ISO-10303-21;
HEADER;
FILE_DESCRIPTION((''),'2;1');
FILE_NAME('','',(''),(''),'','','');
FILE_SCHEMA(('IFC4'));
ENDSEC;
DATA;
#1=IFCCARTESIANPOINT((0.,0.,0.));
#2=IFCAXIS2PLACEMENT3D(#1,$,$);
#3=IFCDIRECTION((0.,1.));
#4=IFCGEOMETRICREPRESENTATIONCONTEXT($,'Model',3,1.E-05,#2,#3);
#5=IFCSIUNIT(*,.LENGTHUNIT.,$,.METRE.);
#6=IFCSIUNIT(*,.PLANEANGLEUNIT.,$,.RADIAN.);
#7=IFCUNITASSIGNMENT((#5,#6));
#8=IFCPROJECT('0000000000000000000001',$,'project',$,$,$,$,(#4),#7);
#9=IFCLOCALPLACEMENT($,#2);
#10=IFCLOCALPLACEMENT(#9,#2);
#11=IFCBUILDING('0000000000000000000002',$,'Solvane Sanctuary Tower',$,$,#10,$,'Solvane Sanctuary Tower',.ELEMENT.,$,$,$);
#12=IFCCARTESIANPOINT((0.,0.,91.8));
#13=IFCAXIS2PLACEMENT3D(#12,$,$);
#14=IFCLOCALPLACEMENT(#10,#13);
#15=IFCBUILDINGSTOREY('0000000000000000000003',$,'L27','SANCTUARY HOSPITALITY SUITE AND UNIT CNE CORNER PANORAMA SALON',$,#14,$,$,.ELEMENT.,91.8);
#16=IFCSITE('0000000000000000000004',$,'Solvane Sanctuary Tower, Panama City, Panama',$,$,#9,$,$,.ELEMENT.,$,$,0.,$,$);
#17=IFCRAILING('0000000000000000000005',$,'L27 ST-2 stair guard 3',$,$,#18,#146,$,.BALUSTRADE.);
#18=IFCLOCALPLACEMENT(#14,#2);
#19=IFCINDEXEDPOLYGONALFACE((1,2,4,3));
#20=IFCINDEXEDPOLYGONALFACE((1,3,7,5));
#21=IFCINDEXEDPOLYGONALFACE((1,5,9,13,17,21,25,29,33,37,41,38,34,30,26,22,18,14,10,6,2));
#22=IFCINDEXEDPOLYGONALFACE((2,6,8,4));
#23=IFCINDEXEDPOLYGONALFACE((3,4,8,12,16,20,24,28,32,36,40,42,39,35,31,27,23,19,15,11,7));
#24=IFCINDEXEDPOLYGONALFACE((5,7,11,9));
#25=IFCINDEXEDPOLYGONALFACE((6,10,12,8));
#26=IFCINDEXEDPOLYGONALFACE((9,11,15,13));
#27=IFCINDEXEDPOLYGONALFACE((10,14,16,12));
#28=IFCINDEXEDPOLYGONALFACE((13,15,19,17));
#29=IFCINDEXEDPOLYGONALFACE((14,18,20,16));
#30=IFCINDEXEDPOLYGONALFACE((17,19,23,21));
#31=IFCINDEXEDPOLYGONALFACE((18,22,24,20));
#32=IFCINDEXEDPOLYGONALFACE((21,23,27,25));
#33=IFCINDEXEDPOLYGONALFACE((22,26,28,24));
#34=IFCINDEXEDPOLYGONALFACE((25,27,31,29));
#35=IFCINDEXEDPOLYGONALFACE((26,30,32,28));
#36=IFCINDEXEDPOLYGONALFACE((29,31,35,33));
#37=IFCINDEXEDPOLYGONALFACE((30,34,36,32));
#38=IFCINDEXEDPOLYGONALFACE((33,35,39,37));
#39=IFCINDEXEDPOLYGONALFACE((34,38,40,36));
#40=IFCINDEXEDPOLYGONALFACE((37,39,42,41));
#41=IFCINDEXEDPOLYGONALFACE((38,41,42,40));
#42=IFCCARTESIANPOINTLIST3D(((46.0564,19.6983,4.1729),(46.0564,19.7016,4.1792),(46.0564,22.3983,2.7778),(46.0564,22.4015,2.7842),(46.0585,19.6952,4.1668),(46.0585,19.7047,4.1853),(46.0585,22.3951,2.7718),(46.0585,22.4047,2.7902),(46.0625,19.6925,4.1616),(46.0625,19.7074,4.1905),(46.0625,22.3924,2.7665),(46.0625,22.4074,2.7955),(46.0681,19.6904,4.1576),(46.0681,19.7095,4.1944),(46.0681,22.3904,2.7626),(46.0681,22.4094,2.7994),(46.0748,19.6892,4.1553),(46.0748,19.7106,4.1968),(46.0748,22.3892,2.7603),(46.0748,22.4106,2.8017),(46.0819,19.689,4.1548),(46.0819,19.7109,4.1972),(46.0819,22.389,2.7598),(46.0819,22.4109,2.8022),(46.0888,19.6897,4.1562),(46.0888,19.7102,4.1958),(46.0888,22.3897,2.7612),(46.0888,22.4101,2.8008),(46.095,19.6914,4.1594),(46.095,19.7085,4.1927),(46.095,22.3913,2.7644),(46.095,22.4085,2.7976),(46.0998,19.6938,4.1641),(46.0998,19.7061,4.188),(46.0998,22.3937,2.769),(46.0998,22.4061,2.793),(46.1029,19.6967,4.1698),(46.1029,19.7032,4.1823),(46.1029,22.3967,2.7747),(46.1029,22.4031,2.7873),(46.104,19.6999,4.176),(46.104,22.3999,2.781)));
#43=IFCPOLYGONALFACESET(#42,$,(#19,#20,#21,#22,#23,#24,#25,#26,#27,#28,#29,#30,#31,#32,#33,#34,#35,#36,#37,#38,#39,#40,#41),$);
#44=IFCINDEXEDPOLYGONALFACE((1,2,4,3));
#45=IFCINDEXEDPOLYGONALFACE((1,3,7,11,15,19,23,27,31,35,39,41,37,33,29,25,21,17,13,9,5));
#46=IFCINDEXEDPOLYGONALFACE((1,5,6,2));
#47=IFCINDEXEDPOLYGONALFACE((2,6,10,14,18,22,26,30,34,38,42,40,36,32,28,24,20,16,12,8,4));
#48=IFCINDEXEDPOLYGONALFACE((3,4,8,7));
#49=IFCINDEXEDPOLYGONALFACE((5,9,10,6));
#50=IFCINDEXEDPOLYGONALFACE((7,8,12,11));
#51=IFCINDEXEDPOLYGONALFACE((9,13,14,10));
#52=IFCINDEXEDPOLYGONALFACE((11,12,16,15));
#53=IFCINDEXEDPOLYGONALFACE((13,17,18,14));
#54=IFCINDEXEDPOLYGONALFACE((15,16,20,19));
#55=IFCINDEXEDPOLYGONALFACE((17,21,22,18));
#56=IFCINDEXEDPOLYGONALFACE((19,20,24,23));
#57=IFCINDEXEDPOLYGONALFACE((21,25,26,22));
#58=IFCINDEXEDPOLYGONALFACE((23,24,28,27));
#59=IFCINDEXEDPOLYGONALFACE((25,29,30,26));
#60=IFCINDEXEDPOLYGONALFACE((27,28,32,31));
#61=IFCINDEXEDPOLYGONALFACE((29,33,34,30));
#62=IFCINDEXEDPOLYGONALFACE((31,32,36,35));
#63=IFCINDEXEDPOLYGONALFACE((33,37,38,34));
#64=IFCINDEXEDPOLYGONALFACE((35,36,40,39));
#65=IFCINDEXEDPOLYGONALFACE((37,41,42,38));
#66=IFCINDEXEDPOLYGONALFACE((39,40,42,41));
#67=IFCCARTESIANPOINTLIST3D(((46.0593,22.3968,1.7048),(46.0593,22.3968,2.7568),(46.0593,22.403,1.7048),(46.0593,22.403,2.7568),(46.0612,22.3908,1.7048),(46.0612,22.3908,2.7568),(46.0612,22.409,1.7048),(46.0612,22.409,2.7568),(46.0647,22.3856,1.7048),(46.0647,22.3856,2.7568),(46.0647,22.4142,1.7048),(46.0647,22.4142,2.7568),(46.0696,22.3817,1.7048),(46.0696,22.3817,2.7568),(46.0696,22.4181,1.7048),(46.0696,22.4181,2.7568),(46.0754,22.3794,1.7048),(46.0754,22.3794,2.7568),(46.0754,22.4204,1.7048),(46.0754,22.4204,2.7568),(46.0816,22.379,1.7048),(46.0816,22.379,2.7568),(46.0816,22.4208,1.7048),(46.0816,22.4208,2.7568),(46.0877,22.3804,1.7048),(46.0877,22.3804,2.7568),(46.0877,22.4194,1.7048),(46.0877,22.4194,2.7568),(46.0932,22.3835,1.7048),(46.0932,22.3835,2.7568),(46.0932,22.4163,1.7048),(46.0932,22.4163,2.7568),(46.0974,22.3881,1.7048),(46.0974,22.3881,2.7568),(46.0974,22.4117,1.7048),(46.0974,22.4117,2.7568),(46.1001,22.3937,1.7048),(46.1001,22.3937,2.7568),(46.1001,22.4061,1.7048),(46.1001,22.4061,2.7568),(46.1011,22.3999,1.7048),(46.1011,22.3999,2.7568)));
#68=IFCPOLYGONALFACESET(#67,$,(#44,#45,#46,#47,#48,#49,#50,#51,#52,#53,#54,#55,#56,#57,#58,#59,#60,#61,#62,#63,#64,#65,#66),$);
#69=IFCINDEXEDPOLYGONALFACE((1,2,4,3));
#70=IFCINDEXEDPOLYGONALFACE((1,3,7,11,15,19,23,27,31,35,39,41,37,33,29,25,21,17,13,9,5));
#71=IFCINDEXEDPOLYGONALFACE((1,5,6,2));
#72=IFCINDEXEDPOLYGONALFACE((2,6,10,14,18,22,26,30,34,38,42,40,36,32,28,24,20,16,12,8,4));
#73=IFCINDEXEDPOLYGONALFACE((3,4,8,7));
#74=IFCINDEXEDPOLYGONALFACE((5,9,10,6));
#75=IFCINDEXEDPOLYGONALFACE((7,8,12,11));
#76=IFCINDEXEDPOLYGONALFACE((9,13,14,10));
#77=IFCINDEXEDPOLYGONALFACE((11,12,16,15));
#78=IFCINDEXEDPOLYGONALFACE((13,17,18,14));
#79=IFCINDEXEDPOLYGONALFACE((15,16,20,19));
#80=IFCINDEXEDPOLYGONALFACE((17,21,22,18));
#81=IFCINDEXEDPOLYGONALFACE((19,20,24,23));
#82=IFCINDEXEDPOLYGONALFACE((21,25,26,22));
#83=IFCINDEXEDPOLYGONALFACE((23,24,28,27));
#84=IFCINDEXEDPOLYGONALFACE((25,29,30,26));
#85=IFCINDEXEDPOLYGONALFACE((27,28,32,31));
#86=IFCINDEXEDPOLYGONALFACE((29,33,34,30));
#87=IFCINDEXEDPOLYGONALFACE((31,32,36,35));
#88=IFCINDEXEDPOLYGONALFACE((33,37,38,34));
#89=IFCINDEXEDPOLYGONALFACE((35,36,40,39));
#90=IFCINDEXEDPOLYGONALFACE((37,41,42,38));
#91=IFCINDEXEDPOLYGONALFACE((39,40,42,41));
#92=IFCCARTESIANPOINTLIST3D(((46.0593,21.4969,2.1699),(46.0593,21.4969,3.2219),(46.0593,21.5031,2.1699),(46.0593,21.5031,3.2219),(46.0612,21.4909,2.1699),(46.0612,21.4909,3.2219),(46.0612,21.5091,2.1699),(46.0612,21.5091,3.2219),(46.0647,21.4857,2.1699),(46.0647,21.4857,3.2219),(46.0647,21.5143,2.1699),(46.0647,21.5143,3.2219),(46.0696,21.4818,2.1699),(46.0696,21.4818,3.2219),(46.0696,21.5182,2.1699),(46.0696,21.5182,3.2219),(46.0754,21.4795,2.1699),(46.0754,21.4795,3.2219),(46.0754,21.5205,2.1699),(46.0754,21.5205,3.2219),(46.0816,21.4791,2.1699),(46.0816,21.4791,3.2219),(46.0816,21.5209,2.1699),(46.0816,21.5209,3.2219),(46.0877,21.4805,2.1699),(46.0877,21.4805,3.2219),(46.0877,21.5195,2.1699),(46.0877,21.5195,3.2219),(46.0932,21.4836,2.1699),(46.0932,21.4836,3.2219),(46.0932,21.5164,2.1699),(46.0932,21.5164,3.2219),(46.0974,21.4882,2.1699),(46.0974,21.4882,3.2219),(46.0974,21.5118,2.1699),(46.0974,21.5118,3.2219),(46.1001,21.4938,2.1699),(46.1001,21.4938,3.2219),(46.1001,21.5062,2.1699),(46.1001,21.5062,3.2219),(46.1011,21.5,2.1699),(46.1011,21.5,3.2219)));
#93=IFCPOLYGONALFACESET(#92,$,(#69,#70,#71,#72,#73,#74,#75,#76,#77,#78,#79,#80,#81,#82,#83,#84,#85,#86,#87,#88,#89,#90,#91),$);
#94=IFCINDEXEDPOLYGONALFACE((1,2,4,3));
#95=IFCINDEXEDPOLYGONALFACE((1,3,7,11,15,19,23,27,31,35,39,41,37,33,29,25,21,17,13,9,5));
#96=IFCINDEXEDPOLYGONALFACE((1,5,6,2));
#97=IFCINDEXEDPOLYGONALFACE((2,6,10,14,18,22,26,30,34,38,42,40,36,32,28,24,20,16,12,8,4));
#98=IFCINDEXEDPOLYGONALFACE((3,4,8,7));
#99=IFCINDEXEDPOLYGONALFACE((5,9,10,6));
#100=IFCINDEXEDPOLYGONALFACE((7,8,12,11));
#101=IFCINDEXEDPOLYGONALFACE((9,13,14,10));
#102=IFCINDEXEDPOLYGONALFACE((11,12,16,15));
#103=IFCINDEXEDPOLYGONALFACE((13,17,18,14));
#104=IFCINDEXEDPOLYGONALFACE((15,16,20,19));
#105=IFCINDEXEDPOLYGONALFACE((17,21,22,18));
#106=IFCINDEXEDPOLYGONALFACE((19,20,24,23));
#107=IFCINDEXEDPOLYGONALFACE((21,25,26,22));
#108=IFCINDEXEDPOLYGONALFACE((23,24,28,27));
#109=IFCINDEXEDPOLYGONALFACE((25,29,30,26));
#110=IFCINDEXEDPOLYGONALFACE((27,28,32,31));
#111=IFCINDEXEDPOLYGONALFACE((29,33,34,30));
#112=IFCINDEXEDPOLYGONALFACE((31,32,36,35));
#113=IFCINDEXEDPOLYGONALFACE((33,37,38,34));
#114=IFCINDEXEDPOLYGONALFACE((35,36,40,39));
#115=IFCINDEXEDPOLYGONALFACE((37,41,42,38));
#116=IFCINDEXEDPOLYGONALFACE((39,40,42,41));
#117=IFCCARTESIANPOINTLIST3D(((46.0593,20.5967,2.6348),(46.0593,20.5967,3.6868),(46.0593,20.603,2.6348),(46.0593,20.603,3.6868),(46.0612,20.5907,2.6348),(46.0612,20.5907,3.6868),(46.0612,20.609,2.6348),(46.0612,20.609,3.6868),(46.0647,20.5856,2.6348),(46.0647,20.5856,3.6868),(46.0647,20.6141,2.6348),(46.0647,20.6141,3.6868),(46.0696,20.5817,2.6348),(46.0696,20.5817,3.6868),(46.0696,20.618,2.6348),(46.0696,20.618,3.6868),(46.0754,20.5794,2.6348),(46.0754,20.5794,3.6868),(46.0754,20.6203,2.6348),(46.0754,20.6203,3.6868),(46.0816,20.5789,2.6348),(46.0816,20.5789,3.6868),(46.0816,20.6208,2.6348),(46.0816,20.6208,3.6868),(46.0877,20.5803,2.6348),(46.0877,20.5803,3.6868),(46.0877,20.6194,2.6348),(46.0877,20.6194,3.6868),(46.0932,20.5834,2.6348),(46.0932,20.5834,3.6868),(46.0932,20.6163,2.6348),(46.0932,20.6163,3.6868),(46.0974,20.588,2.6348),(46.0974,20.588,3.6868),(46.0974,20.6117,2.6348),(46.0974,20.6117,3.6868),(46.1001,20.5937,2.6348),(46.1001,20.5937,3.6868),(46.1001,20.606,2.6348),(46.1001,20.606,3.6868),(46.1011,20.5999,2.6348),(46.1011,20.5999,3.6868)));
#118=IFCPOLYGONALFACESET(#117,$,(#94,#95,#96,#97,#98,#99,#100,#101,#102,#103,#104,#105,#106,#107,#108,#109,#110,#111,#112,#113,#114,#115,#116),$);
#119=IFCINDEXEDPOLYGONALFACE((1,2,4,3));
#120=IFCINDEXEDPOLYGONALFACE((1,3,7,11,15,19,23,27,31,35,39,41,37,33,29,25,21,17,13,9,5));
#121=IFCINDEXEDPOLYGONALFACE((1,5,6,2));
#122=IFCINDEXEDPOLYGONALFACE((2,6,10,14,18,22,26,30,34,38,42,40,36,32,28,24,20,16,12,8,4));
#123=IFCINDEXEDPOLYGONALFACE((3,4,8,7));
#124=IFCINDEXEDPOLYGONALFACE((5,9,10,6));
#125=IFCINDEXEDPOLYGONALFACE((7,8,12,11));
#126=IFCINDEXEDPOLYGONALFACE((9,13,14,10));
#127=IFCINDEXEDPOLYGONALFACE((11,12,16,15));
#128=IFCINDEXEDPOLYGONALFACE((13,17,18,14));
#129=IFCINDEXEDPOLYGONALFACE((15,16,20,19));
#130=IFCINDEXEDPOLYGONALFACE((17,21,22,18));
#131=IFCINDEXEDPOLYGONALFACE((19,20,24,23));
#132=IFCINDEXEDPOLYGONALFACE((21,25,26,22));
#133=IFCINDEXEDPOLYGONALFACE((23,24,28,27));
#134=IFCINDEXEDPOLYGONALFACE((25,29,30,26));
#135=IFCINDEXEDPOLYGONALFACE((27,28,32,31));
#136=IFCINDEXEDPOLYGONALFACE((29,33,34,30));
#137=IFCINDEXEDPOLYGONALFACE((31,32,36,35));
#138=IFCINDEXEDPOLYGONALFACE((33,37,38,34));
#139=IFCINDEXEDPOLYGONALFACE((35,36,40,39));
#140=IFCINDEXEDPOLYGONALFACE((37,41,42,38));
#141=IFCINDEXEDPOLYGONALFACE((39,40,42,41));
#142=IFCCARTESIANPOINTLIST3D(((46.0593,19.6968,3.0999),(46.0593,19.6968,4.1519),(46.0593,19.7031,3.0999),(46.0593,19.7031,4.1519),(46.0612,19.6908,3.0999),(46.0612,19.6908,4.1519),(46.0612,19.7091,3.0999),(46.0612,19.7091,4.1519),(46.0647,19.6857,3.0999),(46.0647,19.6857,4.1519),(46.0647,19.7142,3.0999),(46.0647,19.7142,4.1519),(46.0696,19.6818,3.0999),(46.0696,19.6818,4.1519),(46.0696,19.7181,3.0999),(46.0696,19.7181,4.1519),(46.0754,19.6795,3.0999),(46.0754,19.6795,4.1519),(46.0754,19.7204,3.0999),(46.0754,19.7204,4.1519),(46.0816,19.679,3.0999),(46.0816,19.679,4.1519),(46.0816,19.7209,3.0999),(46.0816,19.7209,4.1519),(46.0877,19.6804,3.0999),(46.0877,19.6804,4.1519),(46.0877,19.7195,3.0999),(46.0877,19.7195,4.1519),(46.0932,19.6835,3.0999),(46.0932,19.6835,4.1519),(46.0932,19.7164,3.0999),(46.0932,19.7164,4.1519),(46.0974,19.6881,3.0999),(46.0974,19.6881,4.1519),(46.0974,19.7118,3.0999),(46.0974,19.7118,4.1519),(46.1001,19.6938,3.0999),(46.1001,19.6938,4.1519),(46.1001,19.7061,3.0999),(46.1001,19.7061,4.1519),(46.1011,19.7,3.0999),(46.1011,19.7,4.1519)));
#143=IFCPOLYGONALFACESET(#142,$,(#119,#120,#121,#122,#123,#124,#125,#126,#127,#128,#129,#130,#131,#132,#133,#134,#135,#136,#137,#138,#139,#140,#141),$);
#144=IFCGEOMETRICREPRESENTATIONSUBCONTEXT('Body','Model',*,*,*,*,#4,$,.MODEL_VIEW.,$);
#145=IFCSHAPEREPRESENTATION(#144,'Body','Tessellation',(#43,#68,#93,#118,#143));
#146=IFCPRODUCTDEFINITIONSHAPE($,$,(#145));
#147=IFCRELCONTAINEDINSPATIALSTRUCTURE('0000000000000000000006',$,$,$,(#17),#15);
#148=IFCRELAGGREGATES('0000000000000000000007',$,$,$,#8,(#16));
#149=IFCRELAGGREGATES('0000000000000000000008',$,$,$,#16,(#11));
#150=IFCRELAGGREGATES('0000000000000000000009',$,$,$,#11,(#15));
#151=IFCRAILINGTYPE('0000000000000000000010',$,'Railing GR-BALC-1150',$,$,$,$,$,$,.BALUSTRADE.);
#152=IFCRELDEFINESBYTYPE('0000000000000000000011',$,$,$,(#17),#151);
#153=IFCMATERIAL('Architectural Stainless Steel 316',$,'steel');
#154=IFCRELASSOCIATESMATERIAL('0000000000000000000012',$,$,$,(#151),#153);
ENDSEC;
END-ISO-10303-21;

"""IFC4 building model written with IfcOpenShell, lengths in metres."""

from ifc_helpers import new_model, si_unit, direction, frame, origin, origin_2d, place, context, subcontext, project, spatial, circle, extrude, material, type_object, element, save


model = new_model("IFC4")

# Units and contexts
model_context = context("Model", 3, precision=1e-05, world=origin(), true_north=direction((0.0, 1.0)))
body_context = subcontext(model_context, "Body", "Model", "MODEL_VIEW")
ifc_project = project(units=[si_unit("LENGTHUNIT", "METRE"), si_unit("PLANEANGLEUNIT", "RADIAN")], contexts=[model_context])

# Site, building, storey
site_placement = place(None, origin())
site = spatial("IfcSite", under=ifc_project, at=site_placement, Name="Solvane Sanctuary Tower, Panama City, Panama", CompositionType="ELEMENT", RefElevation=0.0)
building_placement = place(site_placement, origin())
building = spatial("IfcBuilding", under=site, at=building_placement, Name="Solvane Sanctuary Tower", LongName="Solvane Sanctuary Tower", CompositionType="ELEMENT")
storey_placement = place(building_placement, frame((0.0, 0.0, 91.8)))
storey = spatial("IfcBuildingStorey", under=building, at=storey_placement, Name="L27", Description="SANCTUARY HOSPITALITY SUITE AND UNIT CNE CORNER PANORAMA SALON", CompositionType="ELEMENT", Elevation=91.8)

# Shared definitions
ifc_material_1 = material(Name="Architectural Stainless Steel 316", Category="steel")

# Railing
railing_type_1 = type_object("IfcRailingType", Name="Railing GR-BALC-1150", PredefinedType="BALUSTRADE", material=ifc_material_1)
railing_1_placement = place(storey_placement, frame((46.0801, 22.3999, 1.7048)))
element("IfcRailing", 1, at=railing_1_placement, inside=storey, type_object=railing_type_1, Name="L27 ST-2 stair guard 3", PredefinedType="BALUSTRADE", context=body_context, shape_type="SweptSolid", body=[
    extrude(circle(Radius=0.0239, at=origin_2d()), frame((0.0, 0.0, 1.0762), z_axis=(0.0, -0.88842, 0.459032), x_axis=(1.0, 0.0, 0.0)), (0.0, 0.0, 1.0), 3.0391),
    extrude(circle(Radius=0.021, at=origin_2d()), origin(), (0.0, 0.0, 1.0), 1.052),
    extrude(circle(Radius=0.021, at=origin_2d()), frame((0.0, -0.8999, 0.4651)), (0.0, 0.0, 1.0), 1.052),
    extrude(circle(Radius=0.021, at=origin_2d()), frame((0.0, -1.8, 0.9299)), (0.0, 0.0, 1.0), 1.052),
    extrude(circle(Radius=0.021, at=origin_2d()), frame((0.0, -2.7, 1.395)), (0.0, 0.0, 1.0), 1.052),
])

save(model, "model.ifc")
